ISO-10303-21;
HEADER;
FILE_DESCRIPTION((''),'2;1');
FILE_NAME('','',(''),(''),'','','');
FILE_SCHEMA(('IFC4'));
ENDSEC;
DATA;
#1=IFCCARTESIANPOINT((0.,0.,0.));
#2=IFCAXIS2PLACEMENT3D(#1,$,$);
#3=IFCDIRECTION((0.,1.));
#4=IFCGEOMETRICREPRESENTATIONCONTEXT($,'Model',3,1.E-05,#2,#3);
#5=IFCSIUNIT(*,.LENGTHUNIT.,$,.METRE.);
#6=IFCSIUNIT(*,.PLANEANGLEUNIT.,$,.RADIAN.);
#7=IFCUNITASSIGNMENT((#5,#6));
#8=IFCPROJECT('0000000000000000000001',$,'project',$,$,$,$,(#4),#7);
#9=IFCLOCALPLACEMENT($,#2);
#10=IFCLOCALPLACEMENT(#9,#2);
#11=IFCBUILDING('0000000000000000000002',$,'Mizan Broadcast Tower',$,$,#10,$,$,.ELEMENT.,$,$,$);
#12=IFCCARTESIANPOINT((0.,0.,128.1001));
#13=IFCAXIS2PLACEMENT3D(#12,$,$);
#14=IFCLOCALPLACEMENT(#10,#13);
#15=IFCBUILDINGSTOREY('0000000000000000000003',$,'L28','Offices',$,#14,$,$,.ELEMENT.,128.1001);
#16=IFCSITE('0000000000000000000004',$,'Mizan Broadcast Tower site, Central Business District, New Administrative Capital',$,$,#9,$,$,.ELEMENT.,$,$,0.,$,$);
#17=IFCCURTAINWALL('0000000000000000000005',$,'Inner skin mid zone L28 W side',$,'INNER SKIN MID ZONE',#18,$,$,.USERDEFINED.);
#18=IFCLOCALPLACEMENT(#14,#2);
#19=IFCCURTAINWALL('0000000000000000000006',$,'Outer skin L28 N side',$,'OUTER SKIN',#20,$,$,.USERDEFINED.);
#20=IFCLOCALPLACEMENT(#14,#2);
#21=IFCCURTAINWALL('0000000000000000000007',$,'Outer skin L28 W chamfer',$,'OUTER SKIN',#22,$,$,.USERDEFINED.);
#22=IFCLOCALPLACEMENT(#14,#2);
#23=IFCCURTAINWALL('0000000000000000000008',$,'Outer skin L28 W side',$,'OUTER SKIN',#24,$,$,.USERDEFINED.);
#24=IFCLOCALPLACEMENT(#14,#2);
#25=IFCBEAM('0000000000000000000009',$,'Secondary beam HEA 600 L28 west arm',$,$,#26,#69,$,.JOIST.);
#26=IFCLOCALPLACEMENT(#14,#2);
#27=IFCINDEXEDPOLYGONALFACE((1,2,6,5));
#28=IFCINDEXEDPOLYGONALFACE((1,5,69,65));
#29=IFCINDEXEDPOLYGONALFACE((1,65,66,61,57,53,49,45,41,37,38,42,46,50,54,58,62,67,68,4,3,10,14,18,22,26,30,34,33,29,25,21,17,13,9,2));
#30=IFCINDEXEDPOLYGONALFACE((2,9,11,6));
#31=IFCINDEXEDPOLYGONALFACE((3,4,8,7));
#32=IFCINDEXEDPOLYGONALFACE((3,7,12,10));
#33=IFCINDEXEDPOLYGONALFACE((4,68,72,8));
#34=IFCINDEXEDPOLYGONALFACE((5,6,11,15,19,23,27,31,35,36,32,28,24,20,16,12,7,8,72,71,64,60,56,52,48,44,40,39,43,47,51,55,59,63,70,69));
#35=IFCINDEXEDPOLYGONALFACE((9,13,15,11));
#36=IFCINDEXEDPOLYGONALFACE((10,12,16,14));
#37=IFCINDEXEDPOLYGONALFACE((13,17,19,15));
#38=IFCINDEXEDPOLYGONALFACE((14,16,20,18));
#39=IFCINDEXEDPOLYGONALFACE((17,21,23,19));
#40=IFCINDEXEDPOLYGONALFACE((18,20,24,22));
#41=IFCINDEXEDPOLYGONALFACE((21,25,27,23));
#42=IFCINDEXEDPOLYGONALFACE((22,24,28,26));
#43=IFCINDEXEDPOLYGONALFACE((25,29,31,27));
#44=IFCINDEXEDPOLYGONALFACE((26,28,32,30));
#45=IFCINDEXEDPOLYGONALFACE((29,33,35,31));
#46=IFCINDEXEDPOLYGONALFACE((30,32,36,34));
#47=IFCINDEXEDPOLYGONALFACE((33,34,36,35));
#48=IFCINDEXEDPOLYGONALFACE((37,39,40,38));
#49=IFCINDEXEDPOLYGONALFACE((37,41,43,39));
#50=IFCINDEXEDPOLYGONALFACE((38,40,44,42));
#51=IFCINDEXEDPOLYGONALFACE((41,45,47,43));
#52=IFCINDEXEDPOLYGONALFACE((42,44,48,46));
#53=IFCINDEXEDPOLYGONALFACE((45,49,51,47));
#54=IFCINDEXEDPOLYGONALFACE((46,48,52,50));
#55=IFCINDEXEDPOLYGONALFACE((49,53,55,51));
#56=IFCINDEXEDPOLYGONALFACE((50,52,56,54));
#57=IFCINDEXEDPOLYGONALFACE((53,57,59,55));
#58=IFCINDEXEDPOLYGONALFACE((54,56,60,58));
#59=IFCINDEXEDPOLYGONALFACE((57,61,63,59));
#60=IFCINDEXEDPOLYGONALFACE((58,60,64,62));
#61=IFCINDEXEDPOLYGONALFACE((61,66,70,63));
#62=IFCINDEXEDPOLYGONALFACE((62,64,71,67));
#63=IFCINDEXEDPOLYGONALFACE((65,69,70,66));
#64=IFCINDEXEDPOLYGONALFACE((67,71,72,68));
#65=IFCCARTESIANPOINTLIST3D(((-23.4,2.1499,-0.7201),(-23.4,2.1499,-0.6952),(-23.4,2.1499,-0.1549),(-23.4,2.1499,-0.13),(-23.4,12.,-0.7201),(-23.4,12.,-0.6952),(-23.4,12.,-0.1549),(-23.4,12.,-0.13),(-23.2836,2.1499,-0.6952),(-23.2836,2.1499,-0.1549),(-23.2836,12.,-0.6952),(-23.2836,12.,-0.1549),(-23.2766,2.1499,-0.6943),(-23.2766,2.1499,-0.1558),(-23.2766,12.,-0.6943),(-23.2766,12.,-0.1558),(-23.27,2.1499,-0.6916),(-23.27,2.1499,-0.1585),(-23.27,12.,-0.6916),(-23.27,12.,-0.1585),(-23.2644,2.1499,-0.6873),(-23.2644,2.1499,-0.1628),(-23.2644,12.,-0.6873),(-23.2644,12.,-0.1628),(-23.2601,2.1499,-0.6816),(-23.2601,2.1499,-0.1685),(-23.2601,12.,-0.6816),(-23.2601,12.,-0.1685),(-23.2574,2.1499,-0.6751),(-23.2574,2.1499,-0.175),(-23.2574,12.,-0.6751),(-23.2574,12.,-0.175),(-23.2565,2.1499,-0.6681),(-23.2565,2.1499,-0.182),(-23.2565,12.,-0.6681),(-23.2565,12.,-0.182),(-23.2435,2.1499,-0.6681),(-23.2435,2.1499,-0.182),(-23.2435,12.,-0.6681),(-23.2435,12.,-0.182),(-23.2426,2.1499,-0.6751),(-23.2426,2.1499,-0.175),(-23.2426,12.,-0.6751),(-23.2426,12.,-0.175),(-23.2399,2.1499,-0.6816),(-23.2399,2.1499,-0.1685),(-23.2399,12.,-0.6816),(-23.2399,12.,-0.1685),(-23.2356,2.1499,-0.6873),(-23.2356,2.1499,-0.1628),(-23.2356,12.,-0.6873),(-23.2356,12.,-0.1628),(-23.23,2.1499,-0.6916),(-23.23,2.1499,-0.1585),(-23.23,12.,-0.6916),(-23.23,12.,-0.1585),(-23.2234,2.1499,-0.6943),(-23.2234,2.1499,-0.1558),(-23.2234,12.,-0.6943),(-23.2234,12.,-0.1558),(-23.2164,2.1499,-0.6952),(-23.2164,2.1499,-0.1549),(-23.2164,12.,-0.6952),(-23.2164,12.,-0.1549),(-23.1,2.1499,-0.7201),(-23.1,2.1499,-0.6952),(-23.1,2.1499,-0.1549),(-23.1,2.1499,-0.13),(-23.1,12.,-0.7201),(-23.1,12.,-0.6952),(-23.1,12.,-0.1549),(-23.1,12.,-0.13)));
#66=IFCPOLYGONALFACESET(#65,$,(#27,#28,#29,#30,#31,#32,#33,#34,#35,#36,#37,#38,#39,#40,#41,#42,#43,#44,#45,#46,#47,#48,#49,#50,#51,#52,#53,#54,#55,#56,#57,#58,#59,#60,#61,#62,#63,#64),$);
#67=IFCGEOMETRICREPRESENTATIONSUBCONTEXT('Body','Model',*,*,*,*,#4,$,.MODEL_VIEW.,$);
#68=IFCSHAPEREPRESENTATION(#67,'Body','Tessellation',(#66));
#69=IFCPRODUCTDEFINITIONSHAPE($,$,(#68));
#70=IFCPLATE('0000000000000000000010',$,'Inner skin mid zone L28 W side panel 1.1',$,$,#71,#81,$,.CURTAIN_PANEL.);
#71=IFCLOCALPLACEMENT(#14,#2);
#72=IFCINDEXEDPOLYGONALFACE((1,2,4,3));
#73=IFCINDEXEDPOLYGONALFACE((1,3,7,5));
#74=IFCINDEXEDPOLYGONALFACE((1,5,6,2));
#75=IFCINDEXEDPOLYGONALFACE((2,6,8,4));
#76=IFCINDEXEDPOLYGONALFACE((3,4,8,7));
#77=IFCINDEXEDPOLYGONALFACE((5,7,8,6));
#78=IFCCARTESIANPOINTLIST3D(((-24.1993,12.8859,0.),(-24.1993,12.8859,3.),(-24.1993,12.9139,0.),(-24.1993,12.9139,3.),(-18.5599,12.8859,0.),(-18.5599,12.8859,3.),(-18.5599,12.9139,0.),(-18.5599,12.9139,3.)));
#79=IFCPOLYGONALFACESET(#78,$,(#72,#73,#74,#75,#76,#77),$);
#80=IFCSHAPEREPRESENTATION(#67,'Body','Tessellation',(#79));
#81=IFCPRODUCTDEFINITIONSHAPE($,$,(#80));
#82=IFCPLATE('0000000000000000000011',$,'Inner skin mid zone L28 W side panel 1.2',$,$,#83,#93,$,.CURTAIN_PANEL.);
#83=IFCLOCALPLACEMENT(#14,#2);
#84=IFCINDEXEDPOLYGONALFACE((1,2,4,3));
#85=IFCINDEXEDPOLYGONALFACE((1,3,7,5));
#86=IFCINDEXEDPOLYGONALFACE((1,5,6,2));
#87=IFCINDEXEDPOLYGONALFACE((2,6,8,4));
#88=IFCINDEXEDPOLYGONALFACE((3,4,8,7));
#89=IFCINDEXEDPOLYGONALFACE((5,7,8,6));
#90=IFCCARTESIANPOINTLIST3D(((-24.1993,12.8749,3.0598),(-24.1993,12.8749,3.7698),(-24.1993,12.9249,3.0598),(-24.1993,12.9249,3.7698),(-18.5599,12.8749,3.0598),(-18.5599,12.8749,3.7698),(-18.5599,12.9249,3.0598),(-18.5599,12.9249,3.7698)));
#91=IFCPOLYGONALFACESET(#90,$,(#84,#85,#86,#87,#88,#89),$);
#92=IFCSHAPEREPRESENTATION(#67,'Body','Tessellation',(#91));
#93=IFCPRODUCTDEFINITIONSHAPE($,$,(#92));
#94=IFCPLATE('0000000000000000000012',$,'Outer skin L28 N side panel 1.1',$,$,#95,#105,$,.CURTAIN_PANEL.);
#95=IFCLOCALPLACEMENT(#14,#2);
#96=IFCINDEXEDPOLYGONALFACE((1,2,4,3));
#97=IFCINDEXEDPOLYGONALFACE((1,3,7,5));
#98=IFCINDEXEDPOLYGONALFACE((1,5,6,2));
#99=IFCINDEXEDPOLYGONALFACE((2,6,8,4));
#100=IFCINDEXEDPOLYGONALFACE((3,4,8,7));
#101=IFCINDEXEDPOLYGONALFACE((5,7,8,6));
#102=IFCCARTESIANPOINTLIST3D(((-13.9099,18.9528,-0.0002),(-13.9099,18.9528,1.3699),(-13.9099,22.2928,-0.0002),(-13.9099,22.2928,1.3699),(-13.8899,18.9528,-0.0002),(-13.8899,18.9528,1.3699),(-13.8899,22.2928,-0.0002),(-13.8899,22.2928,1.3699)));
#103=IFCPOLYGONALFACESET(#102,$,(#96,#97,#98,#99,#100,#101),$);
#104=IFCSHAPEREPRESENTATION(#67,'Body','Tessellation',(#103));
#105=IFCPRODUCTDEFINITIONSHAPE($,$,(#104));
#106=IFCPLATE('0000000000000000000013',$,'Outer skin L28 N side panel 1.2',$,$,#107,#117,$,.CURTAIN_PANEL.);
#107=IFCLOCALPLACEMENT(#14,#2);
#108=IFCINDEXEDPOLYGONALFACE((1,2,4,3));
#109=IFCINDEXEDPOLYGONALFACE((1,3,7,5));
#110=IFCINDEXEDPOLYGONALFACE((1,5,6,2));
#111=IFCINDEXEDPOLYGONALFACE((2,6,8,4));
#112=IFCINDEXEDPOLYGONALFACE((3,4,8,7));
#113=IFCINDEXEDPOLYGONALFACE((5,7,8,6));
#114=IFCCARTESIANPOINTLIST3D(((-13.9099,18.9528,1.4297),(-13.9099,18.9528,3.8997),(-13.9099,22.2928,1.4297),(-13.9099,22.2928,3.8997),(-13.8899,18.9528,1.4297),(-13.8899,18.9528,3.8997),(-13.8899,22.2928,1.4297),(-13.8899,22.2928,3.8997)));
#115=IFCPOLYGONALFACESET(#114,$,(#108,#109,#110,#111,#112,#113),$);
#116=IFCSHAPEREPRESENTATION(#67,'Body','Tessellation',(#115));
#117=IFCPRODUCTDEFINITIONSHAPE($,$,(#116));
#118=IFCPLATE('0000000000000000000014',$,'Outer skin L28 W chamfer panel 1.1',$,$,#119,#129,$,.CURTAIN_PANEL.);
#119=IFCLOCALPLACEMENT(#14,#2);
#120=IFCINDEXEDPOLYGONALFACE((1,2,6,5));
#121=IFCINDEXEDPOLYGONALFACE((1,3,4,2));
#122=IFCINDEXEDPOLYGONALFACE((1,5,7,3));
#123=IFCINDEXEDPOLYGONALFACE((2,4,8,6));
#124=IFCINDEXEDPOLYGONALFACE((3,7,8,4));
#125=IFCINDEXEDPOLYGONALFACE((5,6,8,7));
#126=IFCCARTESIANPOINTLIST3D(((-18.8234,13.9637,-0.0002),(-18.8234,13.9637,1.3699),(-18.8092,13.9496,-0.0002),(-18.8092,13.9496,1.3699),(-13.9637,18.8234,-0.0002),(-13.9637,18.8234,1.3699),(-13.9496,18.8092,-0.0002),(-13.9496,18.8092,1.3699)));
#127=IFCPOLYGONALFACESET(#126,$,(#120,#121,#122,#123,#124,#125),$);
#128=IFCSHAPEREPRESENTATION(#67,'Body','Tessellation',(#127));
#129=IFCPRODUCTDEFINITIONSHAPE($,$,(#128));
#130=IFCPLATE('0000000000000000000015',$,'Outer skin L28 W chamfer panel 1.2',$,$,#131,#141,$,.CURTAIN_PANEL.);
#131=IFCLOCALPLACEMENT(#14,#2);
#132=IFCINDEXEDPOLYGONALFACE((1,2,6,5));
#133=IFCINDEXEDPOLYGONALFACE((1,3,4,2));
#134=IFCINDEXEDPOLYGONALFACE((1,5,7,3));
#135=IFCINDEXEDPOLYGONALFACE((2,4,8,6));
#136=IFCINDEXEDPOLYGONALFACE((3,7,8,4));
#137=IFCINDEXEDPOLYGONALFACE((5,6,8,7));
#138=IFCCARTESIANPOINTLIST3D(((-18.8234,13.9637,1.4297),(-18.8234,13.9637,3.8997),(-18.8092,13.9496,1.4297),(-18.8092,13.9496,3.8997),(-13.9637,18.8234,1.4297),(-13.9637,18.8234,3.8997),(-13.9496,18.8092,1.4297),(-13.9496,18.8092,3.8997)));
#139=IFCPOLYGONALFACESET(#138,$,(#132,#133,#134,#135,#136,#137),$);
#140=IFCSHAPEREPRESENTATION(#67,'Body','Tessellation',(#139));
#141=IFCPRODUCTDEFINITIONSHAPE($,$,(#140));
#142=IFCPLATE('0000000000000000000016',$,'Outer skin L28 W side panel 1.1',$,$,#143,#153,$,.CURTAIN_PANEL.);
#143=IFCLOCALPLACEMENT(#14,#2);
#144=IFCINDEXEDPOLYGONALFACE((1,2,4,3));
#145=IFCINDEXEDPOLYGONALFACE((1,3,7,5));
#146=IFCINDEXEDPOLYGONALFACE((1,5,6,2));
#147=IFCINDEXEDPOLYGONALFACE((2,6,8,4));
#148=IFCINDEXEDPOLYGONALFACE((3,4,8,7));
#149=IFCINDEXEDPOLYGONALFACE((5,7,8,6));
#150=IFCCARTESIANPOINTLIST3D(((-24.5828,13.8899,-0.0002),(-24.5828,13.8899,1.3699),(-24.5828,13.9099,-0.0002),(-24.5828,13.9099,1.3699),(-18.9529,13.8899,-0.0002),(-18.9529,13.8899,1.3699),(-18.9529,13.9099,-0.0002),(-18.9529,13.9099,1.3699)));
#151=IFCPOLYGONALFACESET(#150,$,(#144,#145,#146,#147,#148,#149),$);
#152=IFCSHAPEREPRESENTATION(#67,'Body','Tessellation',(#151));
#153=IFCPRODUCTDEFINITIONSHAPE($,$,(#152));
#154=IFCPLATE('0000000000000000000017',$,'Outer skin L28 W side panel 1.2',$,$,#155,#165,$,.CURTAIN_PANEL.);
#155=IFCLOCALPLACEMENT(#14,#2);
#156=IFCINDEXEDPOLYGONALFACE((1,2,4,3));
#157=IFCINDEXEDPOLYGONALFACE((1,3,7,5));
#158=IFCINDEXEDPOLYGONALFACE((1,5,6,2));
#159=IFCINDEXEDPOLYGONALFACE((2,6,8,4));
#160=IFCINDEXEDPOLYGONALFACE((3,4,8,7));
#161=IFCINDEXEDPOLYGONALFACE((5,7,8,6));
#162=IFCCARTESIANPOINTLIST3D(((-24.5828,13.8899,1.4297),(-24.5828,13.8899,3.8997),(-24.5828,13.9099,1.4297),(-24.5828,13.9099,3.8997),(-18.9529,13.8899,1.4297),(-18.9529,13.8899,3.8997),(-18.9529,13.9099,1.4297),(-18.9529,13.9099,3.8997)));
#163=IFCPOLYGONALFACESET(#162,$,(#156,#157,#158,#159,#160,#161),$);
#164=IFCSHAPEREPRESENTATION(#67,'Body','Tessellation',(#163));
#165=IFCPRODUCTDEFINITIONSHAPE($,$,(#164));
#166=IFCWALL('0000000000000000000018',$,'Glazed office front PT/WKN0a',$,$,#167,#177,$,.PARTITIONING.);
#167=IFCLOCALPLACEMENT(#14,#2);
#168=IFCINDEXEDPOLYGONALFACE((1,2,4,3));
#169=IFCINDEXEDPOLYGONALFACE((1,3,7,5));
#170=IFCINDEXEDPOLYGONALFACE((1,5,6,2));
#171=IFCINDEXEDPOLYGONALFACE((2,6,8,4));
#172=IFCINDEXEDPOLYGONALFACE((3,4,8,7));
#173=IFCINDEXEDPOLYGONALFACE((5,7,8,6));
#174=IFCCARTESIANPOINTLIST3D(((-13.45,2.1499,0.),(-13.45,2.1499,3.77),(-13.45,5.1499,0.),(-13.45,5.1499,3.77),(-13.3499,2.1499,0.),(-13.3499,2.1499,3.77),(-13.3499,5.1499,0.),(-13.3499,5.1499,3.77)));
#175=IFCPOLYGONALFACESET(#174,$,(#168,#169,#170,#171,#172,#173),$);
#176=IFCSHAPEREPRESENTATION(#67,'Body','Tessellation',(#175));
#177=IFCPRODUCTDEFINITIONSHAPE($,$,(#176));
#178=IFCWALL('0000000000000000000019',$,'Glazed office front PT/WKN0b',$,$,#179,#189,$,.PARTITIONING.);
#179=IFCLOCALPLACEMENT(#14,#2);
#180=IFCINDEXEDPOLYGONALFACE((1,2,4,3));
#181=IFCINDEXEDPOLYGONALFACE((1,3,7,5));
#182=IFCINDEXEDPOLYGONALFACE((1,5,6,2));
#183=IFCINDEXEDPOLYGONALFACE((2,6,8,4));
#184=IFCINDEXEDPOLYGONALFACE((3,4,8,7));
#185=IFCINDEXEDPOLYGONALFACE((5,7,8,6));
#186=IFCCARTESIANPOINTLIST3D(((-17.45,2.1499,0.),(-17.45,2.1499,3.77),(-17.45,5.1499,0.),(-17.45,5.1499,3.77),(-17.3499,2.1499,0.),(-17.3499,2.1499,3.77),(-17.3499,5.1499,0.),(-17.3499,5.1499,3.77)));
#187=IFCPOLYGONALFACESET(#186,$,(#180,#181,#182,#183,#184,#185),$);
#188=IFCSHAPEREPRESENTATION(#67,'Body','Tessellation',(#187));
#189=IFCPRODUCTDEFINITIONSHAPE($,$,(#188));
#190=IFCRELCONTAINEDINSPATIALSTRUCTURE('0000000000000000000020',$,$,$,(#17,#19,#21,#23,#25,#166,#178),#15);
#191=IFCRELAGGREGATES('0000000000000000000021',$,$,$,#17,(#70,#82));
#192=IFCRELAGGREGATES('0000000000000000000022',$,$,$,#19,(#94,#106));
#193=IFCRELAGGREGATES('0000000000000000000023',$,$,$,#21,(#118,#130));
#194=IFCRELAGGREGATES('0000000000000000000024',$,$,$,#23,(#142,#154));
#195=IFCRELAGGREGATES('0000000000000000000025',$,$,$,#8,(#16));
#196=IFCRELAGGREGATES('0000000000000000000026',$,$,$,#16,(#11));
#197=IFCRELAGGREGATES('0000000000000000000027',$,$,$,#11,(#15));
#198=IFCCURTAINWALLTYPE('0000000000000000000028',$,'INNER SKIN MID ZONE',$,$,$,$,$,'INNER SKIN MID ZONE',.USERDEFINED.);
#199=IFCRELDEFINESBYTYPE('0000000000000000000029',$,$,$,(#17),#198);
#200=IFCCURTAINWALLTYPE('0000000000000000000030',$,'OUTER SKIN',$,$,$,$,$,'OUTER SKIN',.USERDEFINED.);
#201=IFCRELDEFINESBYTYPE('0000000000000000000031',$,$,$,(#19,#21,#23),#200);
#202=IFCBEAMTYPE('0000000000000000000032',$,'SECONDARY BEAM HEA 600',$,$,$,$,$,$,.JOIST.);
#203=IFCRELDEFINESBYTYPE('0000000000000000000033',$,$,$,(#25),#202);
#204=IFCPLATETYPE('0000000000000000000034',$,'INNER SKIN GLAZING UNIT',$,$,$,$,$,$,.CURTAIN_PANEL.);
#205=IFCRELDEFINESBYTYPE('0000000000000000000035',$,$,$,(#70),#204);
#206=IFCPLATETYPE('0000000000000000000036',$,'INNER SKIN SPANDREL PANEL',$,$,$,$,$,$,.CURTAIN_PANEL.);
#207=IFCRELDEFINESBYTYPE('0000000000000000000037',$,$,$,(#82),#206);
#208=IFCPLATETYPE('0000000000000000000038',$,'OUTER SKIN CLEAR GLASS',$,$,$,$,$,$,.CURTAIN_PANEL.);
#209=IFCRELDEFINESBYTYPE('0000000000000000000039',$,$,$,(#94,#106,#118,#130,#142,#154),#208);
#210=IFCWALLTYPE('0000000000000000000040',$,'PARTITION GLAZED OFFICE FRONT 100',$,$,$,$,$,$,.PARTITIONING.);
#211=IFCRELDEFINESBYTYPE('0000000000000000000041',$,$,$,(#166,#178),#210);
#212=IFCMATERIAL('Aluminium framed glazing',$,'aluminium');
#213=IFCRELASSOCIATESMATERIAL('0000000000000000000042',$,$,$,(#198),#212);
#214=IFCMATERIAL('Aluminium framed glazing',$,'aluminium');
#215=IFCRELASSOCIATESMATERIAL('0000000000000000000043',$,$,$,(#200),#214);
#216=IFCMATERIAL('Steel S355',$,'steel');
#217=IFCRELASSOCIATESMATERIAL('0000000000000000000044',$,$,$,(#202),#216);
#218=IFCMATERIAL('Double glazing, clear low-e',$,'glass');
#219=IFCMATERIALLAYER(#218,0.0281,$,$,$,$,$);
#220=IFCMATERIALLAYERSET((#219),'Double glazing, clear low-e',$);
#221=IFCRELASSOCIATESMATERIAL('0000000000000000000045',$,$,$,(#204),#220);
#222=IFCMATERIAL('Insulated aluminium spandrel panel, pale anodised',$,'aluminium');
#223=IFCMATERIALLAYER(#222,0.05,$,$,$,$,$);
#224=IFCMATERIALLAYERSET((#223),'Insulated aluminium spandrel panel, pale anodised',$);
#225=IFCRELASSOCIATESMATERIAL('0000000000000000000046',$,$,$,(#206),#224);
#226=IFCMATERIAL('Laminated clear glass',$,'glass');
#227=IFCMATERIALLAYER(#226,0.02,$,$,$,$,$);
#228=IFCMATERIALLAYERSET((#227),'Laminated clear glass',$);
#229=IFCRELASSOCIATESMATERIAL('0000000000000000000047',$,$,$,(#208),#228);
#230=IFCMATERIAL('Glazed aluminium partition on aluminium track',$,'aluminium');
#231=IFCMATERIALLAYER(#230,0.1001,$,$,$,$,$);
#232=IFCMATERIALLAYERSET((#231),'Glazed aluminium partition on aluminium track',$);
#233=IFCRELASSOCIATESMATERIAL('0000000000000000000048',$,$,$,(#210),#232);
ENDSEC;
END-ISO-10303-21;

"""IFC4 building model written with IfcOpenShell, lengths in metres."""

from ifc_helpers import new_model, si_unit, direction, frame, frame_2d, origin, origin_2d, place, context, subcontext, project, spatial, rectangle, i_section, extrude, material, layer, layer_set, material_profile, profile_set, type_object, element, aggregate, save


model = new_model("IFC4")

# Units and contexts
model_context = context("Model", 3, precision=1e-05, world=origin(), true_north=direction((0.0, 1.0)))
body_context = subcontext(model_context, "Body", "Model", "MODEL_VIEW")
ifc_project = project(units=[si_unit("LENGTHUNIT", "METRE"), si_unit("PLANEANGLEUNIT", "RADIAN")], contexts=[model_context])

# Site, building, storey
site_placement = place(None, origin())
site = spatial("IfcSite", under=ifc_project, at=site_placement, Name="Mizan Broadcast Tower site, Central Business District, New Administrative Capital", CompositionType="ELEMENT", RefElevation=0.0)
building_placement = place(site_placement, origin())
building = spatial("IfcBuilding", under=site, at=building_placement, Name="Mizan Broadcast Tower", CompositionType="ELEMENT")
storey_placement = place(building_placement, frame((0.0, 0.0, 128.1001)))
storey = spatial("IfcBuildingStorey", under=building, at=storey_placement, Name="L28", Description="Offices", CompositionType="ELEMENT", Elevation=128.1001)

# Curtain wall
ifc_material_1 = material(Name="Aluminium framed glazing", Category="aluminium")
curtain_wall_type_1 = type_object("IfcCurtainWallType", Name="INNER SKIN MID ZONE", ElementType="INNER SKIN MID ZONE", PredefinedType="USERDEFINED", material=ifc_material_1)
curtain_wall_1_placement = place(storey_placement, origin())
curtain_wall_1 = element("IfcCurtainWall", 1, at=curtain_wall_1_placement, inside=storey, type_object=curtain_wall_type_1, Name="Inner skin mid zone L28 W side", ObjectType="INNER SKIN MID ZONE", PredefinedType="USERDEFINED")

# Curtain walls
ifc_material_2 = material(Name="Aluminium framed glazing", Category="aluminium")
curtain_wall_type_2 = type_object("IfcCurtainWallType", Name="OUTER SKIN", ElementType="OUTER SKIN", PredefinedType="USERDEFINED", material=ifc_material_2)
curtain_wall_2_placement = place(storey_placement, origin())
curtain_wall_2 = element("IfcCurtainWall", 2, at=curtain_wall_2_placement, inside=storey, type_object=curtain_wall_type_2, Name="Outer skin L28 N side", ObjectType="OUTER SKIN", PredefinedType="USERDEFINED")
curtain_wall_3_placement = place(storey_placement, origin())
curtain_wall_3 = element("IfcCurtainWall", 3, at=curtain_wall_3_placement, inside=storey, type_object=curtain_wall_type_2, Name="Outer skin L28 W chamfer", ObjectType="OUTER SKIN", PredefinedType="USERDEFINED")
curtain_wall_4_placement = place(storey_placement, origin())
curtain_wall_4 = element("IfcCurtainWall", 4, at=curtain_wall_4_placement, inside=storey, type_object=curtain_wall_type_2, Name="Outer skin L28 W side", ObjectType="OUTER SKIN", PredefinedType="USERDEFINED")

# Beam
ifc_material_3 = material(Name="Steel S355", Category="steel")
ifc_material_profile_1 = material_profile(ifc_material_3, i_section(OverallWidth=0.3, OverallDepth=0.5901, WebThickness=0.0129, FlangeThickness=0.0249, FilletRadius=0.0271, at=origin_2d()), Name="HEA 600")
ifc_profile_set_1 = profile_set([ifc_material_profile_1], Name="Steel S355")
beam_type_1 = type_object("IfcBeamType", Name="SECONDARY BEAM HEA 600", PredefinedType="JOIST", material=ifc_profile_set_1)
for number, where, z_axis, x_axis, name in (
    (5, (-23.25, 12.0, -0.425), (0.0, -1.0, 0.0), (1.0, 0.0, 0.0), "Secondary beam HEA 600 L28 west arm"),
):
    element("IfcBeam", number, at=place(storey_placement, frame(where, z_axis=z_axis, x_axis=x_axis)), inside=storey, type_object=beam_type_1, Name=name, PredefinedType="JOIST", context=body_context, shape_type="SweptSolid", body=[
        extrude(i_section(OverallWidth=0.3, OverallDepth=0.5901, WebThickness=0.0129, FlangeThickness=0.0249, FilletRadius=0.0271, at=origin_2d()), origin(), (0.0, 0.0, 1.0), 9.8501),
    ])

# Plates
ifc_material_4 = material(Name="Double glazing, clear low-e", Category="glass")
ifc_layer_1 = layer(ifc_material_4, 0.0281)
ifc_layer_set_1 = layer_set([ifc_layer_1], Name="Double glazing, clear low-e")
plate_type_1 = type_object("IfcPlateType", Name="INNER SKIN GLAZING UNIT", PredefinedType="CURTAIN_PANEL", material=ifc_layer_set_1)
plate_1_placement = place(storey_placement, frame((-21.3796, 12.8999, 0.0), z_axis=(0.0, 0.0, 1.0), x_axis=(-1.0, 0.0, 0.0)))
plate_1 = element("IfcPlate", 6, at=plate_1_placement, type_object=plate_type_1, Name="Inner skin mid zone L28 W side panel 1.1", PredefinedType="CURTAIN_PANEL", context=body_context, shape_type="SweptSolid", body=[
    extrude(rectangle(XDim=5.6394, YDim=0.0281, at=origin_2d()), origin(), (0.0, 0.0, 1.0), 3.0),
])
ifc_material_5 = material(Name="Insulated aluminium spandrel panel, pale anodised", Category="aluminium")
ifc_layer_2 = layer(ifc_material_5, 0.05)
ifc_layer_set_2 = layer_set([ifc_layer_2], Name="Insulated aluminium spandrel panel, pale anodised")
plate_type_2 = type_object("IfcPlateType", Name="INNER SKIN SPANDREL PANEL", PredefinedType="CURTAIN_PANEL", material=ifc_layer_set_2)
plate_2_placement = place(storey_placement, frame((-21.3796, 12.8999, 3.0598), z_axis=(0.0, 0.0, 1.0), x_axis=(-1.0, 0.0, 0.0)))
plate_2 = element("IfcPlate", 7, at=plate_2_placement, type_object=plate_type_2, Name="Inner skin mid zone L28 W side panel 1.2", PredefinedType="CURTAIN_PANEL", context=body_context, shape_type="SweptSolid", body=[
    extrude(rectangle(XDim=5.6394, YDim=0.05, at=origin_2d()), origin(), (0.0, 0.0, 1.0), 0.71),
])
aggregate(curtain_wall_1, [plate_1, plate_2])
ifc_material_6 = material(Name="Laminated clear glass", Category="glass")
ifc_layer_3 = layer(ifc_material_6, 0.02)
ifc_layer_set_3 = layer_set([ifc_layer_3], Name="Laminated clear glass")
plate_type_3 = type_object("IfcPlateType", Name="OUTER SKIN CLEAR GLASS", PredefinedType="CURTAIN_PANEL", material=ifc_layer_set_3)
plate_3_placement = place(storey_placement, frame((-13.8999, 20.6228, -0.0002), z_axis=(0.0, 0.0, 1.0), x_axis=(0.0, -1.0, 0.0)))
plate_3 = element("IfcPlate", 8, at=plate_3_placement, type_object=plate_type_3, Name="Outer skin L28 N side panel 1.1", PredefinedType="CURTAIN_PANEL", context=body_context, shape_type="SweptSolid", body=[
    extrude(rectangle(XDim=3.3401, YDim=0.02, at=origin_2d()), origin(), (0.0, 0.0, 1.0), 1.3701),
])
plate_4_placement = place(storey_placement, frame((-13.8999, 20.6228, 1.4297), z_axis=(0.0, 0.0, 1.0), x_axis=(0.0, -1.0, 0.0)))
plate_4 = element("IfcPlate", 9, at=plate_4_placement, type_object=plate_type_3, Name="Outer skin L28 N side panel 1.2", PredefinedType="CURTAIN_PANEL", context=body_context, shape_type="SweptSolid", body=[
    extrude(rectangle(XDim=3.3401, YDim=0.02, at=origin_2d()), origin(), (0.0, 0.0, 1.0), 2.47),
])
aggregate(curtain_wall_2, [plate_3, plate_4])
plate_5_placement = place(storey_placement, frame((-16.3865, 16.3865, -0.0002), z_axis=(0.0, 0.0, 1.0), x_axis=(-0.707107, -0.707107, 0.0)))
plate_5 = element("IfcPlate", 10, at=plate_5_placement, type_object=plate_type_3, Name="Outer skin L28 W chamfer panel 1.1", PredefinedType="CURTAIN_PANEL", context=body_context, shape_type="SweptSolid", body=[
    extrude(rectangle(XDim=6.8726, YDim=0.02, at=origin_2d()), origin(), (0.0, 0.0, 1.0), 1.3701),
])
plate_6_placement = place(storey_placement, frame((-16.3865, 16.3865, 1.4297), z_axis=(0.0, 0.0, 1.0), x_axis=(-0.707107, -0.707107, 0.0)))
plate_6 = element("IfcPlate", 11, at=plate_6_placement, type_object=plate_type_3, Name="Outer skin L28 W chamfer panel 1.2", PredefinedType="CURTAIN_PANEL", context=body_context, shape_type="SweptSolid", body=[
    extrude(rectangle(XDim=6.8726, YDim=0.02, at=origin_2d()), origin(), (0.0, 0.0, 1.0), 2.47),
])
aggregate(curtain_wall_3, [plate_5, plate_6])
plate_7_placement = place(storey_placement, frame((-21.7678, 13.8999, -0.0002), z_axis=(0.0, 0.0, 1.0), x_axis=(-1.0, 0.0, 0.0)))
plate_7 = element("IfcPlate", 12, at=plate_7_placement, type_object=plate_type_3, Name="Outer skin L28 W side panel 1.1", PredefinedType="CURTAIN_PANEL", context=body_context, shape_type="SweptSolid", body=[
    extrude(rectangle(XDim=5.6299, YDim=0.02, at=origin_2d()), origin(), (0.0, 0.0, 1.0), 1.3701),
])
plate_8_placement = place(storey_placement, frame((-21.7678, 13.8999, 1.4297), z_axis=(0.0, 0.0, 1.0), x_axis=(-1.0, 0.0, 0.0)))
plate_8 = element("IfcPlate", 13, at=plate_8_placement, type_object=plate_type_3, Name="Outer skin L28 W side panel 1.2", PredefinedType="CURTAIN_PANEL", context=body_context, shape_type="SweptSolid", body=[
    extrude(rectangle(XDim=5.6299, YDim=0.02, at=origin_2d()), origin(), (0.0, 0.0, 1.0), 2.47),
])
aggregate(curtain_wall_4, [plate_7, plate_8])

# Walls
ifc_material_7 = material(Name="Glazed aluminium partition on aluminium track", Category="aluminium")
ifc_layer_4 = layer(ifc_material_7, 0.1001)
ifc_layer_set_4 = layer_set([ifc_layer_4], Name="Glazed aluminium partition on aluminium track")
wall_type = type_object("IfcWallType", Name="PARTITION GLAZED OFFICE FRONT 100", PredefinedType="PARTITIONING", material=ifc_layer_set_4)
for number, where, z_axis, x_axis, name in (
    (14, (-13.3999, 2.1499, 0.0), (0.0, 0.0, 1.0), (0.0, 1.0, 0.0), "Glazed office front PT/WKN0a"),
    (15, (-17.3999, 2.1499, 0.0), (0.0, 0.0, 1.0), (0.0, 1.0, 0.0), "Glazed office front PT/WKN0b"),
):
    element("IfcWall", number, at=place(storey_placement, frame(where, z_axis=z_axis, x_axis=x_axis)), inside=storey, type_object=wall_type, Name=name, PredefinedType="PARTITIONING", context=body_context, shape_type="SweptSolid", body=[
        extrude(rectangle(XDim=3.0, YDim=0.1001, at=frame_2d((1.5, 0.0))), origin(), (0.0, 0.0, 1.0), 3.77),
    ])

save(model, "model.ifc")
